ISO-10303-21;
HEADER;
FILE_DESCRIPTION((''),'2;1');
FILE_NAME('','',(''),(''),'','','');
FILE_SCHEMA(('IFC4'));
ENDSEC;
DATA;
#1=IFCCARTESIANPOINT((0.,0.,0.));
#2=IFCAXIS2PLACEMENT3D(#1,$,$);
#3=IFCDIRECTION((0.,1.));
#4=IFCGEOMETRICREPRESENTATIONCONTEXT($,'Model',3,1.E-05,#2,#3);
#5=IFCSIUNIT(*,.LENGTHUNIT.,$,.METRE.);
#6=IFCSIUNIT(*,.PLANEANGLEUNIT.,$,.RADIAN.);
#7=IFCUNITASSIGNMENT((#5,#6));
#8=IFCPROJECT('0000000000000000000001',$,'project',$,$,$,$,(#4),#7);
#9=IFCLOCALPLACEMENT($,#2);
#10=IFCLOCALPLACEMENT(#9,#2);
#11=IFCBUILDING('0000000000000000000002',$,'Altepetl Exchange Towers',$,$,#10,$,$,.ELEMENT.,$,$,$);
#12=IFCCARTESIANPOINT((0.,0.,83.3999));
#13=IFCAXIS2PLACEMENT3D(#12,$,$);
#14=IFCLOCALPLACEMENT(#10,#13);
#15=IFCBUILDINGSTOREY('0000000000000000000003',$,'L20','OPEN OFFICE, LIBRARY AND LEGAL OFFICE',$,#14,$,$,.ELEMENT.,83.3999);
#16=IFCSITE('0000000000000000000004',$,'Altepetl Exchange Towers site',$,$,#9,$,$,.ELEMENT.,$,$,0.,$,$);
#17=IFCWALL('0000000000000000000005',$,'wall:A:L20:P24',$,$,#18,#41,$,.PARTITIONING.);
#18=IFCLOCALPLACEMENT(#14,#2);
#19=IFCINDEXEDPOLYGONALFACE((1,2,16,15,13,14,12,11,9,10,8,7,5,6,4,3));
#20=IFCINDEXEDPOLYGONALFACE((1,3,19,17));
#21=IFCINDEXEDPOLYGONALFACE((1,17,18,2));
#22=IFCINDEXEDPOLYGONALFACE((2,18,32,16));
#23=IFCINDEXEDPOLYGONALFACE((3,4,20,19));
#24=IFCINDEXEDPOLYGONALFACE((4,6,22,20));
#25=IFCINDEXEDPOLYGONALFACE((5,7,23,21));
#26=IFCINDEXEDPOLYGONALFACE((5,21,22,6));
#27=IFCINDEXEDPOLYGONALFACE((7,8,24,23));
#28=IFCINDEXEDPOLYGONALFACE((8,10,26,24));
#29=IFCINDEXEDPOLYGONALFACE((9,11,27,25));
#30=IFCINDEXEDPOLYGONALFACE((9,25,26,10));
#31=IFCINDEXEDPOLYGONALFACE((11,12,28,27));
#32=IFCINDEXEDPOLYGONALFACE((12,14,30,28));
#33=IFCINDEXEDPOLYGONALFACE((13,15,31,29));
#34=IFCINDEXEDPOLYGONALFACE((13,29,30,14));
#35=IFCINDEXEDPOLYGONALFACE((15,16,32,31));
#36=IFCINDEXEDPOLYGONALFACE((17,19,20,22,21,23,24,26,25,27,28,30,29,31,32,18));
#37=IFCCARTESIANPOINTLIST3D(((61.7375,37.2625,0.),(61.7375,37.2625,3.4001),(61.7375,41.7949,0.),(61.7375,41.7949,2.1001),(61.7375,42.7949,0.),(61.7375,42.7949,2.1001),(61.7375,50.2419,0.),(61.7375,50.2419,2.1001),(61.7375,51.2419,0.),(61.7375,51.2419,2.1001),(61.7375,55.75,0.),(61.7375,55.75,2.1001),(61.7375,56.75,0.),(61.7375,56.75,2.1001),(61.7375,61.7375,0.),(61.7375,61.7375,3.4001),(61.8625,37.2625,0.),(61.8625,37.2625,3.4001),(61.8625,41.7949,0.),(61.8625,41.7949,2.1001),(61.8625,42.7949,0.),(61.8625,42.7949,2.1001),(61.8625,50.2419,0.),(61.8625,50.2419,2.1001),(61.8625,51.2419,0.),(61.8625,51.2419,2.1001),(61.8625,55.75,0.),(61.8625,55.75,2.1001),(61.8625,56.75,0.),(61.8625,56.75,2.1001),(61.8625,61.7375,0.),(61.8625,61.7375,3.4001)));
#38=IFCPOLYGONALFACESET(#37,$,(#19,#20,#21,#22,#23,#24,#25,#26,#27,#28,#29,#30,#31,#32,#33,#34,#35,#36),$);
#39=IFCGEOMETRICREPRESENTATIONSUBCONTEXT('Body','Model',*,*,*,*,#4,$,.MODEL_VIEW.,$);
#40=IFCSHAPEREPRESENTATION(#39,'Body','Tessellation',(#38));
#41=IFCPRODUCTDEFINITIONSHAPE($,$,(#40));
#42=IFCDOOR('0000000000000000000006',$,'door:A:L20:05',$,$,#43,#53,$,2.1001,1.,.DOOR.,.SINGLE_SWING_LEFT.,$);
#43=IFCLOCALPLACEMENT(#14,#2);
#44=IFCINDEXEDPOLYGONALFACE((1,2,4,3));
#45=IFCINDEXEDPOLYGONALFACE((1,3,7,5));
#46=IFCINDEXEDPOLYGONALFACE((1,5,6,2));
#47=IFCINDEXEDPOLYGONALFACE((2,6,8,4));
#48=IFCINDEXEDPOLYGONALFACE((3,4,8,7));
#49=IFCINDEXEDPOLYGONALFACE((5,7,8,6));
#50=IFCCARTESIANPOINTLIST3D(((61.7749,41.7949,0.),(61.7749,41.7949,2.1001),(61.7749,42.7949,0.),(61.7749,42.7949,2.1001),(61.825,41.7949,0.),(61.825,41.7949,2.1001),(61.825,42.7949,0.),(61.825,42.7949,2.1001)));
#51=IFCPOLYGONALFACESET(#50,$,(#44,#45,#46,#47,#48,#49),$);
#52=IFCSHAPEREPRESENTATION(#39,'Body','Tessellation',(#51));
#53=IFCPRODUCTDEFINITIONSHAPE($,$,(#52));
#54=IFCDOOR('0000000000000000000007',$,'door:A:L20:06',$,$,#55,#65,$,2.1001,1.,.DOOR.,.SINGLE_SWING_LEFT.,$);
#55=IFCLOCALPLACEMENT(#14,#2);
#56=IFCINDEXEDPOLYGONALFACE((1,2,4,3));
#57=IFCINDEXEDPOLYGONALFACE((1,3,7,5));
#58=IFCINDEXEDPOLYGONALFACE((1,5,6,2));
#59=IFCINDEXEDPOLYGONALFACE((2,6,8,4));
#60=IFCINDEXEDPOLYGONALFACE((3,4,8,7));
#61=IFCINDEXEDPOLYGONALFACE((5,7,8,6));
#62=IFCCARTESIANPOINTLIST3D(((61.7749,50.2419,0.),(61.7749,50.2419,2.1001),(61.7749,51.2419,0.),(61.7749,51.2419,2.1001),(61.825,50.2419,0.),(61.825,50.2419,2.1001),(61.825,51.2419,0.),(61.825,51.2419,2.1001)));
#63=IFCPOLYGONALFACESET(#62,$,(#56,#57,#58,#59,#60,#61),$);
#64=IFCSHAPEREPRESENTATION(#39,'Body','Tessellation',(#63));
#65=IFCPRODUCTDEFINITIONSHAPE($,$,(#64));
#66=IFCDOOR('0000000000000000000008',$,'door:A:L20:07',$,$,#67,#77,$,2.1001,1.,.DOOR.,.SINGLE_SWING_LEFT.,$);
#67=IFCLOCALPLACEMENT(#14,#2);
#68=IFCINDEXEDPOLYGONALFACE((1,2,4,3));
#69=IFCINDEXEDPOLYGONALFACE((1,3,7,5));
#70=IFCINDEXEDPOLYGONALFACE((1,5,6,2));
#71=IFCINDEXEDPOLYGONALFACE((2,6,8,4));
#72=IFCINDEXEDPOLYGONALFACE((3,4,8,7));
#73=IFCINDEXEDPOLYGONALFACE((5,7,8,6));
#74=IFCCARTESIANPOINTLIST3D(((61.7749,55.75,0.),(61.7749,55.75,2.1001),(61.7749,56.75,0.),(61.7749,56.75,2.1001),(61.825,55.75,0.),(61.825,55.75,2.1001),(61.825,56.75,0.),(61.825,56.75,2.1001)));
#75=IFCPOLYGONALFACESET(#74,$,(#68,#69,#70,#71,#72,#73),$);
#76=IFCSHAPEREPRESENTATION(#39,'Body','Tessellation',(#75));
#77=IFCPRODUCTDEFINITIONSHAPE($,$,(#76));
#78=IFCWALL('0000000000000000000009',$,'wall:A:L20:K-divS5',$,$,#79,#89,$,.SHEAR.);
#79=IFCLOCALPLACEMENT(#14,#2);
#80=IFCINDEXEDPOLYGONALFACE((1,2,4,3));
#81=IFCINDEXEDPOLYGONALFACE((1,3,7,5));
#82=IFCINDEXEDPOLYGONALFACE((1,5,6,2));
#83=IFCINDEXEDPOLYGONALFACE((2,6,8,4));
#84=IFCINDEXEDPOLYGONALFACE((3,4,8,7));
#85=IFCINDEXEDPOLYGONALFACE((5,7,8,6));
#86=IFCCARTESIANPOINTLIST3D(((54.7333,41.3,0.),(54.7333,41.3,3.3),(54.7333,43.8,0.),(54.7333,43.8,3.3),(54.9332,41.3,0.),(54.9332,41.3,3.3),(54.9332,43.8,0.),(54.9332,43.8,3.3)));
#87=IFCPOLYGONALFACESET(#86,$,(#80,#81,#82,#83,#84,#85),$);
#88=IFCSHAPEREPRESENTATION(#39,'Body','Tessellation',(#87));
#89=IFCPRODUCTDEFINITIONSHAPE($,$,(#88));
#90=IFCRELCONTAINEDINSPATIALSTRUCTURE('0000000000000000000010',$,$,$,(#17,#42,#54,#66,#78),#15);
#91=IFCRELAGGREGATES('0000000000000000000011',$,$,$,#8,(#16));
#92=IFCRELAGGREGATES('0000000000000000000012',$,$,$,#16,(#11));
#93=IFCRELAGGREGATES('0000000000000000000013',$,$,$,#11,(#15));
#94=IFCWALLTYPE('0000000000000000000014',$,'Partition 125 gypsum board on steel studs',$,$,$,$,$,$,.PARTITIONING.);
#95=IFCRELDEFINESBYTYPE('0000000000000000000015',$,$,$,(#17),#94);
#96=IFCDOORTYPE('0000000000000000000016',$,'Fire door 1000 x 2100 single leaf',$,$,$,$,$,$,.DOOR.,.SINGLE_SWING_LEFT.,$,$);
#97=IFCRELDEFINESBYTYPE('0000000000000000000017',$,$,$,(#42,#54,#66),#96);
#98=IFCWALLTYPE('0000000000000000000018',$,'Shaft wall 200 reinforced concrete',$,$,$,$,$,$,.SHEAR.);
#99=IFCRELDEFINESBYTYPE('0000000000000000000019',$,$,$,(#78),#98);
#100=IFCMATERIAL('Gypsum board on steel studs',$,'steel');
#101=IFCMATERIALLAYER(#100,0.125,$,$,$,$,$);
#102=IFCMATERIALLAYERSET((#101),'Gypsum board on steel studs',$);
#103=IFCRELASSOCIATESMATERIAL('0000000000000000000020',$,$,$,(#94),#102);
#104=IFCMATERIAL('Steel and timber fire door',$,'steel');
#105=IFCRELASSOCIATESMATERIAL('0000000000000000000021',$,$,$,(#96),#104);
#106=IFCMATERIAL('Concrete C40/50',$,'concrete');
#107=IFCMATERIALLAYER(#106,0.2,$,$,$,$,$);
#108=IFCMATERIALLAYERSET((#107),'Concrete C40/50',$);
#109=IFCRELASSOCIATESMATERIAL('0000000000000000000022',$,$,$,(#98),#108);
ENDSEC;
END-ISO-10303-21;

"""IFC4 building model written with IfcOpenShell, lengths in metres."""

from ifc_helpers import new_model, si_unit, direction, frame, frame_2d, origin, place, context, subcontext, project, spatial, rectangle, extrude, material, layer, layer_set, type_object, element, fill, save


model = new_model("IFC4")

# Units and contexts
model_context = context("Model", 3, precision=1e-05, world=origin(), true_north=direction((0.0, 1.0)))
body_context = subcontext(model_context, "Body", "Model", "MODEL_VIEW")
ifc_project = project(units=[si_unit("LENGTHUNIT", "METRE"), si_unit("PLANEANGLEUNIT", "RADIAN")], contexts=[model_context])

# Site, building, storey
site_placement = place(None, origin())
site = spatial("IfcSite", under=ifc_project, at=site_placement, Name="Altepetl Exchange Towers site", CompositionType="ELEMENT", RefElevation=0.0)
building_placement = place(site_placement, origin())
building = spatial("IfcBuilding", under=site, at=building_placement, Name="Altepetl Exchange Towers", CompositionType="ELEMENT")
storey_placement = place(building_placement, frame((0.0, 0.0, 83.3999)))
storey = spatial("IfcBuildingStorey", under=building, at=storey_placement, Name="L20", Description="OPEN OFFICE, LIBRARY AND LEGAL OFFICE", CompositionType="ELEMENT", Elevation=83.3999)

# Shared definitions
ifc_material_1 = material(Name="Steel and timber fire door", Category="steel")

# Shared definitions
ifc_material_2 = material(Name="Gypsum board on steel studs", Category="steel")
ifc_layer_1 = layer(ifc_material_2, 0.125)
ifc_layer_set_1 = layer_set([ifc_layer_1], Name="Gypsum board on steel studs")
wall_type_1 = type_object("IfcWallType", Name="Partition 125 gypsum board on steel studs", PredefinedType="PARTITIONING", material=ifc_layer_set_1)

# Wall, openings, doors
wall_1_placement = place(storey_placement, frame((61.8, 37.2625, 0.0), z_axis=(0.0, 0.0, 1.0), x_axis=(0.0, 1.0, 0.0)))
wall_1 = element("IfcWall", 1, at=wall_1_placement, inside=storey, type_object=wall_type_1, Name="wall:A:L20:P24", PredefinedType="PARTITIONING", context=body_context, shape_type="SweptSolid", body=[
    extrude(rectangle(XDim=24.4751, YDim=0.125, at=frame_2d((12.2375, 0.0))), origin(), (0.0, 0.0, 1.0), 3.4001),
])
opening_1_placement = place(wall_1_placement, frame((4.5325, 0.0, 0.0)))
opening_1 = element("IfcOpeningElement", 2, at=opening_1_placement, cuts=wall_1, PredefinedType="OPENING", context=body_context, shape_type="SweptSolid", body=[
    extrude(rectangle(XDim=1.0, YDim=2.1001, at=frame_2d((0.5, 1.05))), frame((0.0, 0.0725, 0.0), z_axis=(0.0, -1.0, 0.0), x_axis=(1.0, 0.0, 0.0)), (0.0, 0.0, 1.0), 0.145),
])
opening_2_placement = place(wall_1_placement, frame((12.9795, 0.0, 0.0)))
opening_2 = element("IfcOpeningElement", 3, at=opening_2_placement, cuts=wall_1, PredefinedType="OPENING", context=body_context, shape_type="SweptSolid", body=[
    extrude(rectangle(XDim=1.0, YDim=2.1001, at=frame_2d((0.5, 1.05))), frame((0.0, 0.0725, 0.0), z_axis=(0.0, -1.0, 0.0), x_axis=(1.0, 0.0, 0.0)), (0.0, 0.0, 1.0), 0.145),
])
opening_3_placement = place(wall_1_placement, frame((18.4875, 0.0, 0.0)))
opening_3 = element("IfcOpeningElement", 4, at=opening_3_placement, cuts=wall_1, PredefinedType="OPENING", context=body_context, shape_type="SweptSolid", body=[
    extrude(rectangle(XDim=1.0, YDim=2.1001, at=frame_2d((0.5, 1.05))), frame((0.0, 0.0725, 0.0), z_axis=(0.0, -1.0, 0.0), x_axis=(1.0, 0.0, 0.0)), (0.0, 0.0, 1.0), 0.145),
])
door_type_1 = type_object("IfcDoorType", Name="Fire door 1000 x 2100 single leaf", OperationType="SINGLE_SWING_LEFT", PredefinedType="DOOR", material=ifc_material_1)
door_1_placement = place(opening_1_placement, frame((1.0, 0.0, 0.0), x_axis=(-1.0, 0.0, 0.0)))
door_1 = element("IfcDoor", 5, at=door_1_placement, inside=storey, type_object=door_type_1, Name="door:A:L20:05", OperationType="SINGLE_SWING_LEFT", OverallHeight=2.1001, OverallWidth=1.0, PredefinedType="DOOR", context=body_context, shape_type="SweptSolid", body=[
    extrude(rectangle(XDim=1.0, YDim=2.1001, at=frame_2d((0.5, 1.05))), frame((0.0, 0.0249, 0.0), z_axis=(0.0, -1.0, 0.0), x_axis=(1.0, 0.0, 0.0)), (0.0, 0.0, 1.0), 0.05),
])
fill(opening_1, door_1)
door_2_placement = place(opening_2_placement, frame((1.0, 0.0, 0.0), x_axis=(-1.0, 0.0, 0.0)))
door_2 = element("IfcDoor", 6, at=door_2_placement, inside=storey, type_object=door_type_1, Name="door:A:L20:06", OperationType="SINGLE_SWING_LEFT", OverallHeight=2.1001, OverallWidth=1.0, PredefinedType="DOOR", context=body_context, shape_type="SweptSolid", body=[
    extrude(rectangle(XDim=1.0, YDim=2.1001, at=frame_2d((0.5, 1.05))), frame((0.0, 0.0249, 0.0), z_axis=(0.0, -1.0, 0.0), x_axis=(1.0, 0.0, 0.0)), (0.0, 0.0, 1.0), 0.05),
])
fill(opening_2, door_2)
door_3_placement = place(opening_3_placement, frame((1.0, 0.0, 0.0), x_axis=(-1.0, 0.0, 0.0)))
door_3 = element("IfcDoor", 7, at=door_3_placement, inside=storey, type_object=door_type_1, Name="door:A:L20:07", OperationType="SINGLE_SWING_LEFT", OverallHeight=2.1001, OverallWidth=1.0, PredefinedType="DOOR", context=body_context, shape_type="SweptSolid", body=[
    extrude(rectangle(XDim=1.0, YDim=2.1001, at=frame_2d((0.5, 1.05))), frame((0.0, 0.0249, 0.0), z_axis=(0.0, -1.0, 0.0), x_axis=(1.0, 0.0, 0.0)), (0.0, 0.0, 1.0), 0.05),
])
fill(opening_3, door_3)

# Wall
ifc_material_3 = material(Name="Concrete C40/50", Category="concrete")
ifc_layer_2 = layer(ifc_material_3, 0.2)
ifc_layer_set_2 = layer_set([ifc_layer_2], Name="Concrete C40/50")
wall_type_2 = type_object("IfcWallType", Name="Shaft wall 200 reinforced concrete", PredefinedType="SHEAR", material=ifc_layer_set_2)
wall_2_placement = place(storey_placement, frame((54.8333, 41.3, 0.0), z_axis=(0.0, 0.0, 1.0), x_axis=(0.0, 1.0, 0.0)))
element("IfcWall", 8, at=wall_2_placement, inside=storey, type_object=wall_type_2, Name="wall:A:L20:K-divS5", PredefinedType="SHEAR", context=body_context, shape_type="SweptSolid", body=[
    extrude(rectangle(XDim=2.5, YDim=0.2, at=frame_2d((1.25, 0.0))), origin(), (0.0, 0.0, 1.0), 3.3),
])

save(model, "model.ifc")
